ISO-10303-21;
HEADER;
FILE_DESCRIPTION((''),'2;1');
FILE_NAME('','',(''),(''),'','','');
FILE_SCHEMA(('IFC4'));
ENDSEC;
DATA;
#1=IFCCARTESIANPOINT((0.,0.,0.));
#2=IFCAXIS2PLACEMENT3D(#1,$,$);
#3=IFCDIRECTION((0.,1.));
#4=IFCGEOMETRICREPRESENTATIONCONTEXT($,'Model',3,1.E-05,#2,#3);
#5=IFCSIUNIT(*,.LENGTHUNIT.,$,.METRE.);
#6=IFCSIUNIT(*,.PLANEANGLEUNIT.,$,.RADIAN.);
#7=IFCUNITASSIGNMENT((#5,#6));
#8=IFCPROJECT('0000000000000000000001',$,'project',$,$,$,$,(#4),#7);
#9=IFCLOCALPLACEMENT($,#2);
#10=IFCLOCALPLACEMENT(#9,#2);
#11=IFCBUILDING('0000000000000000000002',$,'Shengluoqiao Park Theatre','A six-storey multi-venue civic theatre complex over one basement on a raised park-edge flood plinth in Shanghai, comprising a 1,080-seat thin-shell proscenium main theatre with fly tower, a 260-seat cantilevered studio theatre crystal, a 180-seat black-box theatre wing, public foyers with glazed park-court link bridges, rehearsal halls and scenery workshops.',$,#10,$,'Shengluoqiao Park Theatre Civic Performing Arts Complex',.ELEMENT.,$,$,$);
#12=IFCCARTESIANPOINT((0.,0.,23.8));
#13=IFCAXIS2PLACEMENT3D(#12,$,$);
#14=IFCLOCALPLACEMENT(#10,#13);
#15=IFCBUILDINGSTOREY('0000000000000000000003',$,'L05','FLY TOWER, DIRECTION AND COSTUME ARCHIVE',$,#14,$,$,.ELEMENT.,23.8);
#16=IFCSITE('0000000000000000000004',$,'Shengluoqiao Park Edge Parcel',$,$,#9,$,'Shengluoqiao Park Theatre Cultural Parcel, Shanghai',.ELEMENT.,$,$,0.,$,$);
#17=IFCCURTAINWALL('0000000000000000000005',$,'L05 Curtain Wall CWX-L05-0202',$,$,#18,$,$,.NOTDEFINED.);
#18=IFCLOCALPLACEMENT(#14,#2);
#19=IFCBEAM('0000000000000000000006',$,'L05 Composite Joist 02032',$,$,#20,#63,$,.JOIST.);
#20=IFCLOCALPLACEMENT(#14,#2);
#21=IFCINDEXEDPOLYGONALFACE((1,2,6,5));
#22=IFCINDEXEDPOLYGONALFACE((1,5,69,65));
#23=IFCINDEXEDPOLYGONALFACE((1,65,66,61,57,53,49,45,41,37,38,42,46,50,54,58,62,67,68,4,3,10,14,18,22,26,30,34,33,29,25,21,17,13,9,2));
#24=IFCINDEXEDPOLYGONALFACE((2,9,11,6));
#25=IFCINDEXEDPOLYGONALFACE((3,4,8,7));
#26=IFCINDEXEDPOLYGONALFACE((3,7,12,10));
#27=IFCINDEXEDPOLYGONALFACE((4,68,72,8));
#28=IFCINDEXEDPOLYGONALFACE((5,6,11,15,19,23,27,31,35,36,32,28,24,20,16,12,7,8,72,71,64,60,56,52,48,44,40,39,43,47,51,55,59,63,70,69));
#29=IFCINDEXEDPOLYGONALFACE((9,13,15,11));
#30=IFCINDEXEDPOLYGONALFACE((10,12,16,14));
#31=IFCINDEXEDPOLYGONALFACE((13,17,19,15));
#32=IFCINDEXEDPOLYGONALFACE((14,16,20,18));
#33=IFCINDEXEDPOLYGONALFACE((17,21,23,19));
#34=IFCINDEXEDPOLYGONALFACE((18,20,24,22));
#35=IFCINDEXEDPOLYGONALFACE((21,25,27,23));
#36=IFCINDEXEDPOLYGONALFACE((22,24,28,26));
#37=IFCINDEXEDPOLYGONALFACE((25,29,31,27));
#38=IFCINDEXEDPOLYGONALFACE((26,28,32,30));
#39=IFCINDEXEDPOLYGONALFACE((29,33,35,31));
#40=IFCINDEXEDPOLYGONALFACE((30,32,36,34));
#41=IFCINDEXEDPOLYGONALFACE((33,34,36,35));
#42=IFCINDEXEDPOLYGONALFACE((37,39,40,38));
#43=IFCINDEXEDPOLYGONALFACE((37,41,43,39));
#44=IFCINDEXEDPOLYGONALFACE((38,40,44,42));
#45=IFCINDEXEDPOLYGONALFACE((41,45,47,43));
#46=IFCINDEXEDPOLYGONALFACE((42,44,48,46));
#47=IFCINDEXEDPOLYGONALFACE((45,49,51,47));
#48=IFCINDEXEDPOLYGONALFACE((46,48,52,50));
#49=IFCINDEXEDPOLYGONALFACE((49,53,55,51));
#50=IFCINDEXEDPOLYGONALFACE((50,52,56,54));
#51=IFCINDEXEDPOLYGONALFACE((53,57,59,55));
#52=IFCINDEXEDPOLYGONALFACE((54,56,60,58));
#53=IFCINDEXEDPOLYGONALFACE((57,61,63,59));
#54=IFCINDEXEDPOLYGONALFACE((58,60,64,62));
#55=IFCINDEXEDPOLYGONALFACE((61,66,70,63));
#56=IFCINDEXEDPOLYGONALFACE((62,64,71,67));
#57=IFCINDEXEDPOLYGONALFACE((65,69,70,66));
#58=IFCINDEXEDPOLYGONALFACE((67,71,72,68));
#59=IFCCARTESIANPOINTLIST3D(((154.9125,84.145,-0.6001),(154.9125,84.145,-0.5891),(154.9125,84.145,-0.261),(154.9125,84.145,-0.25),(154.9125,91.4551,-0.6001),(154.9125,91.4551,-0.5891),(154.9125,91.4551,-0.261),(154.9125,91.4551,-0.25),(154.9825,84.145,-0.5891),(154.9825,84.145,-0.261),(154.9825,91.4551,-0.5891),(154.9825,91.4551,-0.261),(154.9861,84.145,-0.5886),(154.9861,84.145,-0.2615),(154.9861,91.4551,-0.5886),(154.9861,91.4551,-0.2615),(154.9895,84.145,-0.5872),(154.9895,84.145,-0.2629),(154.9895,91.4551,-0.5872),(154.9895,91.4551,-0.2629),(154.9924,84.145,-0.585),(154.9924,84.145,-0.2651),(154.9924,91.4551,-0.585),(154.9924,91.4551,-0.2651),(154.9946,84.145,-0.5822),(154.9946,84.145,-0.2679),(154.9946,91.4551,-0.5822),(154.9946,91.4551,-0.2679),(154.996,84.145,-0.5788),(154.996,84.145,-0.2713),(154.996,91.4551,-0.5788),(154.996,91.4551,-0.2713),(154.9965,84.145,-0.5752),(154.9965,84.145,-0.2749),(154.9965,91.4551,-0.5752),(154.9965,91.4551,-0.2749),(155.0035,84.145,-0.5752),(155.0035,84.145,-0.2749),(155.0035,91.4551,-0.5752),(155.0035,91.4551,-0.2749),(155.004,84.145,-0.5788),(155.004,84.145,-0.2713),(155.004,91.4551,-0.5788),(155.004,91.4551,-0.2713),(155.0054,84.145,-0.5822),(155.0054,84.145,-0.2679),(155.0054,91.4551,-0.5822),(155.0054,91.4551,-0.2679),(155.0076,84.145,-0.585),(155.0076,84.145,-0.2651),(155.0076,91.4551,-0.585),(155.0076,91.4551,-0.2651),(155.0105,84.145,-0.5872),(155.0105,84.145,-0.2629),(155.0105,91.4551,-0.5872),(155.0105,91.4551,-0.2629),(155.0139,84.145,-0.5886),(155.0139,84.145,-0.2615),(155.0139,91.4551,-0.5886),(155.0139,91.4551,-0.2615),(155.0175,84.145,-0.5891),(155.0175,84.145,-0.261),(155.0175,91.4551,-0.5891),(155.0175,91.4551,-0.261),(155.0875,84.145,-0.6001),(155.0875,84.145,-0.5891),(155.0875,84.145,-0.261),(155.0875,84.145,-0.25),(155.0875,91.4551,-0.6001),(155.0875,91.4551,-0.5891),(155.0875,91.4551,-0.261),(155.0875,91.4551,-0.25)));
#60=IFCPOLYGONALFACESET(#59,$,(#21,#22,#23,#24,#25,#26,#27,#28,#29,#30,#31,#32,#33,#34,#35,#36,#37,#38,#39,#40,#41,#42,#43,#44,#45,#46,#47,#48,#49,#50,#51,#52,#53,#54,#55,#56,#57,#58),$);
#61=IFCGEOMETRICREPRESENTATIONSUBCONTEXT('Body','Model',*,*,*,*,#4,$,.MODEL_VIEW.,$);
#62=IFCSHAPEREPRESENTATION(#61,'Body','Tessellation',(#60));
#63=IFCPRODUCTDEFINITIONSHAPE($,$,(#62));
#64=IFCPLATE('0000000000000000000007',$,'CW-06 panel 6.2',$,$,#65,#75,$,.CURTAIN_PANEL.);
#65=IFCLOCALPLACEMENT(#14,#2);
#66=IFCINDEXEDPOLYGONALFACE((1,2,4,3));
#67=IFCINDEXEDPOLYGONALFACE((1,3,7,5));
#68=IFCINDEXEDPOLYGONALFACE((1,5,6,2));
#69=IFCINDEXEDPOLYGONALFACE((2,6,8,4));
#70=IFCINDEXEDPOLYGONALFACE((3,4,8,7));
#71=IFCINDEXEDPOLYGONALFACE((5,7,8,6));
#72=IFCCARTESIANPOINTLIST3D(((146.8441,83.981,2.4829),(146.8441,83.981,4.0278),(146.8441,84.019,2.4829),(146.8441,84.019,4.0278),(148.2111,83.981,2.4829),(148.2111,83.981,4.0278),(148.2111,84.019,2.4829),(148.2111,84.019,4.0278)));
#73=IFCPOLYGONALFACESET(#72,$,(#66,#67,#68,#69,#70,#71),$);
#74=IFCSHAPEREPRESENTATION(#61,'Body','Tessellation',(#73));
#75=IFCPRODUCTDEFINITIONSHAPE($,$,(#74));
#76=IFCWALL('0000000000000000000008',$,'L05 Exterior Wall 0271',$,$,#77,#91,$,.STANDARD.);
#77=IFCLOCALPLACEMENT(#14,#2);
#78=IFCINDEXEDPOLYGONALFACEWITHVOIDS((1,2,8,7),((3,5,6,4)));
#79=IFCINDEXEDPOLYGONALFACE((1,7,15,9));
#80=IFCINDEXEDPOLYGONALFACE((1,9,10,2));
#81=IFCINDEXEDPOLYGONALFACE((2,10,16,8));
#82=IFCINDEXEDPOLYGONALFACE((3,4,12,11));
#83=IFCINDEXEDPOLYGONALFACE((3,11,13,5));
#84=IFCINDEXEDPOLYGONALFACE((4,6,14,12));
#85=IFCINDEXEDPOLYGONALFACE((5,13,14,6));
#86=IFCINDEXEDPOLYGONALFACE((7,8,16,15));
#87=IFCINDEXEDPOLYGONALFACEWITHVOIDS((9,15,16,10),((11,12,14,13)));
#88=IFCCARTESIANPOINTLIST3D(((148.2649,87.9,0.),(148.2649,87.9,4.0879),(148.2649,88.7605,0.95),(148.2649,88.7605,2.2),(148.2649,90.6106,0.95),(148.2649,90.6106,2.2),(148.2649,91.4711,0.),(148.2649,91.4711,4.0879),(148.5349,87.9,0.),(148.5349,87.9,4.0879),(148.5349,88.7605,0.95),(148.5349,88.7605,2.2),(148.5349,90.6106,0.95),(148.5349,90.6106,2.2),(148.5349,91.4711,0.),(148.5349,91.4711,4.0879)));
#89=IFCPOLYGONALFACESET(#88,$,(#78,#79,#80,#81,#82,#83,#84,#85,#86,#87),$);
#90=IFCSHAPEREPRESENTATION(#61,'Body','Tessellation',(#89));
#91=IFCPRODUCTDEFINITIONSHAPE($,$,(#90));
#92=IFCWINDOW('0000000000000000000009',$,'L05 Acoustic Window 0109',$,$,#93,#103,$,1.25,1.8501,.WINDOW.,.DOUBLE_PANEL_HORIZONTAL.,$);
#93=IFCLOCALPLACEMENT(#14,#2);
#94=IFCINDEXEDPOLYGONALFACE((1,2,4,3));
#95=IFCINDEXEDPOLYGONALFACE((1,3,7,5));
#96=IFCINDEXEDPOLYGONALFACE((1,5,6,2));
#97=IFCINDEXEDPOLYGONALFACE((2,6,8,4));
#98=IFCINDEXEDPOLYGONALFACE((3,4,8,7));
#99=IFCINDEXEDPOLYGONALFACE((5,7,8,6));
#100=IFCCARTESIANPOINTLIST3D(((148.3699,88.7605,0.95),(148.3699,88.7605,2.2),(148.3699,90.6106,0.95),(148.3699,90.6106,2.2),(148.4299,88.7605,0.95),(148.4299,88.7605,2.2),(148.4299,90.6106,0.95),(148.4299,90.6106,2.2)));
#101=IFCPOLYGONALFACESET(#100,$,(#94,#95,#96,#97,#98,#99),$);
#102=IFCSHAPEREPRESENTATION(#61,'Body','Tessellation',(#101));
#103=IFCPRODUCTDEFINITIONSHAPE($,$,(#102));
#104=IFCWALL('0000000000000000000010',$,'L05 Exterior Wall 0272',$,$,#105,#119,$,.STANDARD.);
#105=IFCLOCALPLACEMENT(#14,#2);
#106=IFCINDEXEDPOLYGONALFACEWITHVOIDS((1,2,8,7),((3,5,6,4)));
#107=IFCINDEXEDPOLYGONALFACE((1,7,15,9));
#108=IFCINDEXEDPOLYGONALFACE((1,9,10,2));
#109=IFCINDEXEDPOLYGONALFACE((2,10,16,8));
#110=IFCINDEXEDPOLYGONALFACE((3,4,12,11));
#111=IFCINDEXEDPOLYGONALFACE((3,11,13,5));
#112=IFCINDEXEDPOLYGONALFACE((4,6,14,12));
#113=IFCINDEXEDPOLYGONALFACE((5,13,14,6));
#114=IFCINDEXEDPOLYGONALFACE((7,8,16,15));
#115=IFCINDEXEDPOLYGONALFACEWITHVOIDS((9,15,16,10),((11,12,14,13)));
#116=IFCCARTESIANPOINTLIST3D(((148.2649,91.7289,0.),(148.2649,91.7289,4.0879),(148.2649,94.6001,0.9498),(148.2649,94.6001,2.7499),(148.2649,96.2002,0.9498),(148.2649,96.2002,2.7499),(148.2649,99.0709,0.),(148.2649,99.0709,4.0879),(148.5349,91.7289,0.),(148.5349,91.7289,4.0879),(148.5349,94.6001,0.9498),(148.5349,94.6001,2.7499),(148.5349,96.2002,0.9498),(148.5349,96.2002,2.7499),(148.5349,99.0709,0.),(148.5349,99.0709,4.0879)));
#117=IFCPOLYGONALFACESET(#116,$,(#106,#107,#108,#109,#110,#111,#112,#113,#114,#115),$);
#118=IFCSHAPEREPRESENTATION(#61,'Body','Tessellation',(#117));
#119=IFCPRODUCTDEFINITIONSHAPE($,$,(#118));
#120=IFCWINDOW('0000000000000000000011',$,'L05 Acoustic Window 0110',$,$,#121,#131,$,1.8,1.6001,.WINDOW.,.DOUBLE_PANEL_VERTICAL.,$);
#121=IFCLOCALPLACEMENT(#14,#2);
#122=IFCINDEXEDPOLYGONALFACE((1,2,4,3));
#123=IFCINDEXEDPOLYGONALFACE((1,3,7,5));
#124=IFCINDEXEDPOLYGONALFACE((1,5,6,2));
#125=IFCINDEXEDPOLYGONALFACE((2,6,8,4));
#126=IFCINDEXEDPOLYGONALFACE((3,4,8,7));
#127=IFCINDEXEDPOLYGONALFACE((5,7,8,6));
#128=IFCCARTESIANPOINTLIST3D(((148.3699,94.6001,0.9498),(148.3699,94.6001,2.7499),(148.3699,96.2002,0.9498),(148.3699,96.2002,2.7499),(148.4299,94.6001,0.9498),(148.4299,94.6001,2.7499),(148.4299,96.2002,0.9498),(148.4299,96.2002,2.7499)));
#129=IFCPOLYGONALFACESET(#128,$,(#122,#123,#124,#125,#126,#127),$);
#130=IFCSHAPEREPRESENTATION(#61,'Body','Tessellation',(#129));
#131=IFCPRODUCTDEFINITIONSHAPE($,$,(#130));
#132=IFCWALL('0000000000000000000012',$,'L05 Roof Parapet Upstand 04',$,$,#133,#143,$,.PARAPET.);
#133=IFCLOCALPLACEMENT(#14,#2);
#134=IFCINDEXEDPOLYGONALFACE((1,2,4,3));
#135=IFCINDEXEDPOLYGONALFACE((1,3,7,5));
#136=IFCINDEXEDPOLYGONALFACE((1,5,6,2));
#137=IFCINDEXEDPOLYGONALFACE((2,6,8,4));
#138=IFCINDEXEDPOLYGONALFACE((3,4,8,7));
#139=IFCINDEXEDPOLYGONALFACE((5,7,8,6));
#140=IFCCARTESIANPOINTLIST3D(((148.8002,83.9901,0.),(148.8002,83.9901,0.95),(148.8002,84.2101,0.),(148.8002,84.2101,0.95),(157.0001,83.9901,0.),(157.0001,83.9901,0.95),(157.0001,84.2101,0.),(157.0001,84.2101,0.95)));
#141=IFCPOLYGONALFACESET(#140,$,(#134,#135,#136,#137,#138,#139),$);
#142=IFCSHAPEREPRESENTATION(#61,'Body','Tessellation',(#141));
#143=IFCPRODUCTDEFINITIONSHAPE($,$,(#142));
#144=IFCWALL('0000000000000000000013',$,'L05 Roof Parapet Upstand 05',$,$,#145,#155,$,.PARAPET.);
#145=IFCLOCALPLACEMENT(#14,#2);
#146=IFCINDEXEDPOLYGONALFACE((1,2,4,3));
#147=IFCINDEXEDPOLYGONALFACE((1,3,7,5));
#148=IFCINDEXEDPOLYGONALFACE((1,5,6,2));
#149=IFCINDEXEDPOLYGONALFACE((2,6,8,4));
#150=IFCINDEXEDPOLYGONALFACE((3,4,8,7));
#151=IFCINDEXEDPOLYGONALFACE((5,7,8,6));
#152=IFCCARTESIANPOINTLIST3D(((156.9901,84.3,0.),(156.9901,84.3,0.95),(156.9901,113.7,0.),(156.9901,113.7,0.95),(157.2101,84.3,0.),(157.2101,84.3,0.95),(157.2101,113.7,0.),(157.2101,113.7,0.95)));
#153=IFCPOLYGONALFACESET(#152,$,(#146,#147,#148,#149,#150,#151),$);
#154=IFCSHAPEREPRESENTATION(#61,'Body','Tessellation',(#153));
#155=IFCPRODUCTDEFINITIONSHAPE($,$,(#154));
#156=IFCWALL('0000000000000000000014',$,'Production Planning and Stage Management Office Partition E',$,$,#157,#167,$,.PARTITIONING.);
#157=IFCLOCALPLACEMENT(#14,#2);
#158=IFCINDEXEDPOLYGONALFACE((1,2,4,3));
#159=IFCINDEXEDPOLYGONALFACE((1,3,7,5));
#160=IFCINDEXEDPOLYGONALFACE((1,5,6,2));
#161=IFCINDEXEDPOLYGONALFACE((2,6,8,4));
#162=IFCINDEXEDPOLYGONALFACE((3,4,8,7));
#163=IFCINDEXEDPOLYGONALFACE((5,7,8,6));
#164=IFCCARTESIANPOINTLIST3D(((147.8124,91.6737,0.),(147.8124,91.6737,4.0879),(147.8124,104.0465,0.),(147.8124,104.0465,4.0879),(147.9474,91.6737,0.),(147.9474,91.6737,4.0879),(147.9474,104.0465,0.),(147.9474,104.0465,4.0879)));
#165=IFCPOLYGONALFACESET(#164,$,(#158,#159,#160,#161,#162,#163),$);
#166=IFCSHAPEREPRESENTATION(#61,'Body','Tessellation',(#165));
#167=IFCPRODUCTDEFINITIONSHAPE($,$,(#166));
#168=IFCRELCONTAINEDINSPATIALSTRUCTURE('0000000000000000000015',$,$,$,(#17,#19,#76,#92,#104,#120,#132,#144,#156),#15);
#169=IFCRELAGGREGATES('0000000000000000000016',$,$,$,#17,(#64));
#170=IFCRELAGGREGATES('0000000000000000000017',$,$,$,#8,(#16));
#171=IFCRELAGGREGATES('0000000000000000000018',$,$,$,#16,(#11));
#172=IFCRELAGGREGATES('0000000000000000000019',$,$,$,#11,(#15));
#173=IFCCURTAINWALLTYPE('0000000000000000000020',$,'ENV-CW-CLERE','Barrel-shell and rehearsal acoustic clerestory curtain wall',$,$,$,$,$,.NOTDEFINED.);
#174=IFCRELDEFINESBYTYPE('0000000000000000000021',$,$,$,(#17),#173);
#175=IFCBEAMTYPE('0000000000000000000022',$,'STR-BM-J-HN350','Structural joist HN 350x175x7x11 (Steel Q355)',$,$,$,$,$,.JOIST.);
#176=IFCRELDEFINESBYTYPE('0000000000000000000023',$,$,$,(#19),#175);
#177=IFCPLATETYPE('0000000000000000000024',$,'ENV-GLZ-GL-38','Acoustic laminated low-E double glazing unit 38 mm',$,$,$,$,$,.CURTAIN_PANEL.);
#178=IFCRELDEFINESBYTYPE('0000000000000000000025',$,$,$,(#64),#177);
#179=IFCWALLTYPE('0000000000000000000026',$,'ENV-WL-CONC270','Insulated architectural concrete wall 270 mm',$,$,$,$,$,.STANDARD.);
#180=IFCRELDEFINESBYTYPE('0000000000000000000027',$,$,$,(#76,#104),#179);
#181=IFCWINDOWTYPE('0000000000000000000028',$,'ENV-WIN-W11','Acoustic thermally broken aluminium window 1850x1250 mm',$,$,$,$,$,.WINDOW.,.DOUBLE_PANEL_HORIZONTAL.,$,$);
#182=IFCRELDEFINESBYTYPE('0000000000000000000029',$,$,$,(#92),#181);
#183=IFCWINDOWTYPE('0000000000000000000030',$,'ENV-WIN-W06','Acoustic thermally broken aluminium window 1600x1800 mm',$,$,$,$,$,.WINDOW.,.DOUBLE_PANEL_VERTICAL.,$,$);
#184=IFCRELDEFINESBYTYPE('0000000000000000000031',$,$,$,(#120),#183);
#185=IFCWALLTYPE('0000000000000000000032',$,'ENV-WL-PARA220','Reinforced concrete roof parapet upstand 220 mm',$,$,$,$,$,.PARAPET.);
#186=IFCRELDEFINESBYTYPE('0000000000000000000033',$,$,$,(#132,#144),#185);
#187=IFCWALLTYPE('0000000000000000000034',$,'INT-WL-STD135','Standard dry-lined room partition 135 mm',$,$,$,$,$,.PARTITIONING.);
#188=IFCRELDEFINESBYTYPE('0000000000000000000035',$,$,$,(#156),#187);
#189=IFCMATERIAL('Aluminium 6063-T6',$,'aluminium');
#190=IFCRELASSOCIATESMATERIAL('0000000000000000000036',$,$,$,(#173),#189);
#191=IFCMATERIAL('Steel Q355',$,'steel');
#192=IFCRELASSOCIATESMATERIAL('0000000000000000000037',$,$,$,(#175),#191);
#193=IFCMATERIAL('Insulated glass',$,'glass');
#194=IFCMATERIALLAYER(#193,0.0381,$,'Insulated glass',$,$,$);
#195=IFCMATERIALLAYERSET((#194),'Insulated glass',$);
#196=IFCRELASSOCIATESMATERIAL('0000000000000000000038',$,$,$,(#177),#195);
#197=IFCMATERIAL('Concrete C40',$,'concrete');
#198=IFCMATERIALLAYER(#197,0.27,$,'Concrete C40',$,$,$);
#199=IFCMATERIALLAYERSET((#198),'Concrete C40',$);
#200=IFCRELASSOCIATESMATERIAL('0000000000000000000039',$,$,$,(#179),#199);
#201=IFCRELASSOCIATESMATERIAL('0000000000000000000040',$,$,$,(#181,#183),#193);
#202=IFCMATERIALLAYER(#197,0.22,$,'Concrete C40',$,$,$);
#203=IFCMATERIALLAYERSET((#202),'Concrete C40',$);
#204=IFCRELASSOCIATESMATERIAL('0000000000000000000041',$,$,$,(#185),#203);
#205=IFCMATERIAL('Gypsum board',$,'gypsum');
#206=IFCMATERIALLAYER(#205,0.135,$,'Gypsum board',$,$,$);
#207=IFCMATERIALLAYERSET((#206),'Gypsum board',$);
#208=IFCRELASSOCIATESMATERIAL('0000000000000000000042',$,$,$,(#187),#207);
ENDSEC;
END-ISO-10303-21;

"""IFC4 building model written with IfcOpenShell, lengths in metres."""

from ifc_helpers import new_model, si_unit, direction, frame, frame_2d, origin, origin_2d, place, context, subcontext, project, spatial, rectangle, i_section, extrude, material, layer, layer_set, material_profile, profile_set, type_object, element, fill, aggregate, save


model = new_model("IFC4")

# Units and contexts
model_context = context("Model", 3, precision=1e-05, world=origin(), true_north=direction((0.0, 1.0)))
body_context = subcontext(model_context, "Body", "Model", "MODEL_VIEW")
ifc_project = project(units=[si_unit("LENGTHUNIT", "METRE"), si_unit("PLANEANGLEUNIT", "RADIAN")], contexts=[model_context])

# Site, building, storey
site_placement = place(None, origin())
site = spatial("IfcSite", under=ifc_project, at=site_placement, Name="Shengluoqiao Park Edge Parcel", LongName="Shengluoqiao Park Theatre Cultural Parcel, Shanghai", CompositionType="ELEMENT", RefElevation=0.0)
building_placement = place(site_placement, origin())
building = spatial("IfcBuilding", under=site, at=building_placement, Name="Shengluoqiao Park Theatre", Description="A six-storey multi-venue civic theatre complex over one basement on a raised park-edge flood plinth in Shanghai, comprising a 1,080-seat thin-shell proscenium main theatre with fly tower, a 260-seat cantilevered studio theatre crystal, a 180-seat black-box theatre wing, public foyers with glazed park-court link bridges, rehearsal halls and scenery workshops.", LongName="Shengluoqiao Park Theatre Civic Performing Arts Complex", CompositionType="ELEMENT")
storey_placement = place(building_placement, frame((0.0, 0.0, 23.8)))
storey = spatial("IfcBuildingStorey", under=building, at=storey_placement, Name="L05", Description="FLY TOWER, DIRECTION AND COSTUME ARCHIVE", CompositionType="ELEMENT", Elevation=23.8)

# Shared definitions
ifc_material_1 = material(Name="Steel Q355", Category="steel")

# Curtain wall
ifc_material_2 = material(Name="Aluminium 6063-T6", Category="aluminium")
curtain_wall_type = type_object("IfcCurtainWallType", Name="ENV-CW-CLERE", Description="Barrel-shell and rehearsal acoustic clerestory curtain wall", PredefinedType="NOTDEFINED", material=ifc_material_2)
curtain_wall_placement = place(storey_placement, origin())
curtain_wall = element("IfcCurtainWall", 1, at=curtain_wall_placement, inside=storey, type_object=curtain_wall_type, Name="L05 Curtain Wall CWX-L05-0202", PredefinedType="NOTDEFINED")

# Beam
ifc_material_profile_1 = material_profile(ifc_material_1, i_section(OverallWidth=0.175, OverallDepth=0.3501, WebThickness=0.0071, FlangeThickness=0.011, FilletRadius=0.0139, at=origin_2d()), Name="HN 350x175x7x11")
ifc_profile_set_1 = profile_set([ifc_material_profile_1], Name="Steel Q355")
beam_type_1 = type_object("IfcBeamType", Name="STR-BM-J-HN350", Description="Structural joist HN 350x175x7x11 (Steel Q355)", PredefinedType="JOIST", material=ifc_profile_set_1)
for number, where, z_axis, x_axis, name in (
    (2, (155.0, 84.145, -0.425), (0.0, 1.0, 0.0), (-1.0, 0.0, 0.0), "L05 Composite Joist 02032"),
):
    element("IfcBeam", number, at=place(storey_placement, frame(where, z_axis=z_axis, x_axis=x_axis)), inside=storey, type_object=beam_type_1, Name=name, PredefinedType="JOIST", context=body_context, shape_type="SweptSolid", body=[
        extrude(i_section(OverallWidth=0.175, OverallDepth=0.3501, WebThickness=0.0071, FlangeThickness=0.011, FilletRadius=0.0139, at=origin_2d()), origin(), (0.0, 0.0, 1.0), 7.3101),
    ])

# Plate
ifc_material_3 = material(Name="Insulated glass", Category="glass")
ifc_layer_1 = layer(ifc_material_3, 0.0381, Name="Insulated glass")
ifc_layer_set_1 = layer_set([ifc_layer_1], Name="Insulated glass")
plate_type = type_object("IfcPlateType", Name="ENV-GLZ-GL-38", Description="Acoustic laminated low-E double glazing unit 38 mm", PredefinedType="CURTAIN_PANEL", material=ifc_layer_set_1)
plate_placement = place(storey_placement, frame((147.5276, 84.0, 2.4829), z_axis=(0.0, 0.0, 1.0), x_axis=(1.0, 0.0, 0.0)))
plate = element("IfcPlate", 3, at=plate_placement, type_object=plate_type, Name="CW-06 panel 6.2", PredefinedType="CURTAIN_PANEL", context=body_context, shape_type="SweptSolid", body=[
    extrude(rectangle(XDim=1.3669, YDim=0.0381, at=origin_2d()), origin(), (0.0, 0.0, 1.0), 1.5449),
])
aggregate(curtain_wall, [plate])

# Walls, openings, windows
ifc_material_4 = material(Name="Concrete C40", Category="concrete")
ifc_layer_2 = layer(ifc_material_4, 0.27, Name="Concrete C40")
ifc_layer_set_2 = layer_set([ifc_layer_2], Name="Concrete C40")
wall_type_1 = type_object("IfcWallType", Name="ENV-WL-CONC270", Description="Insulated architectural concrete wall 270 mm", PredefinedType="STANDARD", material=ifc_layer_set_2)
wall_1_placement = place(storey_placement, frame((148.3999, 87.8999, 0.0), z_axis=(0.0, 0.0, 1.0), x_axis=(0.0, 1.0, 0.0)))
wall_1 = element("IfcWall", 4, at=wall_1_placement, inside=storey, type_object=wall_type_1, Name="L05 Exterior Wall 0271", PredefinedType="STANDARD", context=body_context, shape_type="SweptSolid", body=[
    extrude(rectangle(XDim=3.571, YDim=0.27, at=frame_2d((1.7856, 0.0))), origin(), (0.0, 0.0, 1.0), 4.0879),
])
opening_1_placement = place(wall_1_placement, frame((0.8606, 0.0, 0.95)))
opening_1 = element("IfcOpeningElement", 5, at=opening_1_placement, cuts=wall_1, PredefinedType="OPENING", context=body_context, shape_type="SweptSolid", body=[
    extrude(rectangle(XDim=1.8501, YDim=1.25, at=frame_2d((0.925, 0.625))), frame((0.0, 0.145, 0.0), z_axis=(0.0, -1.0, 0.0), x_axis=(1.0, 0.0, 0.0)), (0.0, 0.0, 1.0), 0.29),
])
window_type_1 = type_object("IfcWindowType", Name="ENV-WIN-W11", Description="Acoustic thermally broken aluminium window 1850x1250 mm", PartitioningType="DOUBLE_PANEL_HORIZONTAL", PredefinedType="WINDOW", material=ifc_material_3)
window_1_placement = place(opening_1_placement, origin())
window_1 = element("IfcWindow", 6, at=window_1_placement, inside=storey, type_object=window_type_1, Name="L05 Acoustic Window 0109", OverallHeight=1.25, OverallWidth=1.8501, PartitioningType="DOUBLE_PANEL_HORIZONTAL", PredefinedType="WINDOW", context=body_context, shape_type="SweptSolid", body=[
    extrude(rectangle(XDim=1.8501, YDim=1.25, at=frame_2d((0.925, 0.625))), frame((0.0, 0.03, 0.0), z_axis=(0.0, -1.0, 0.0), x_axis=(1.0, 0.0, 0.0)), (0.0, 0.0, 1.0), 0.0601),
])
fill(opening_1, window_1)
wall_2_placement = place(storey_placement, frame((148.3999, 91.729, 0.0), z_axis=(0.0, 0.0, 1.0), x_axis=(0.0, 1.0, 0.0)))
wall_2 = element("IfcWall", 7, at=wall_2_placement, inside=storey, type_object=wall_type_1, Name="L05 Exterior Wall 0272", PredefinedType="STANDARD", context=body_context, shape_type="SweptSolid", body=[
    extrude(rectangle(XDim=7.342, YDim=0.27, at=frame_2d((3.6709, 0.0))), origin(), (0.0, 0.0, 1.0), 4.0879),
])
opening_2_placement = place(wall_2_placement, frame((2.8711, 0.0, 0.95)))
opening_2 = element("IfcOpeningElement", 8, at=opening_2_placement, cuts=wall_2, PredefinedType="OPENING", context=body_context, shape_type="SweptSolid", body=[
    extrude(rectangle(XDim=1.6001, YDim=1.8, at=frame_2d((0.8, 0.8999))), frame((0.0, 0.145, 0.0), z_axis=(0.0, -1.0, 0.0), x_axis=(1.0, 0.0, 0.0)), (0.0, 0.0, 1.0), 0.29),
])
window_type_2 = type_object("IfcWindowType", Name="ENV-WIN-W06", Description="Acoustic thermally broken aluminium window 1600x1800 mm", PartitioningType="DOUBLE_PANEL_VERTICAL", PredefinedType="WINDOW", material=ifc_material_3)
window_2_placement = place(opening_2_placement, origin())
window_2 = element("IfcWindow", 9, at=window_2_placement, inside=storey, type_object=window_type_2, Name="L05 Acoustic Window 0110", OverallHeight=1.8, OverallWidth=1.6001, PartitioningType="DOUBLE_PANEL_VERTICAL", PredefinedType="WINDOW", context=body_context, shape_type="SweptSolid", body=[
    extrude(rectangle(XDim=1.6001, YDim=1.8, at=frame_2d((0.8, 0.8999))), frame((0.0, 0.03, 0.0), z_axis=(0.0, -1.0, 0.0), x_axis=(1.0, 0.0, 0.0)), (0.0, 0.0, 1.0), 0.0601),
])
fill(opening_2, window_2)

# Walls
ifc_layer_3 = layer(ifc_material_4, 0.22, Name="Concrete C40")
ifc_layer_set_3 = layer_set([ifc_layer_3], Name="Concrete C40")
wall_type_2 = type_object("IfcWallType", Name="ENV-WL-PARA220", Description="Reinforced concrete roof parapet upstand 220 mm", PredefinedType="PARAPET", material=ifc_layer_set_3)
wall_3_placement = place(storey_placement, frame((148.8, 84.1001, 0.0), z_axis=(0.0, 0.0, 1.0), x_axis=(1.0, 0.0, 0.0)))
element("IfcWall", 10, at=wall_3_placement, inside=storey, type_object=wall_type_2, Name="L05 Roof Parapet Upstand 04", PredefinedType="PARAPET", context=body_context, shape_type="SweptSolid", body=[
    extrude(rectangle(XDim=8.2, YDim=0.22, at=frame_2d((4.1001, 0.0))), origin(), (0.0, 0.0, 1.0), 0.95),
])
wall_4_placement = place(storey_placement, frame((157.1001, 84.3, 0.0), z_axis=(0.0, 0.0, 1.0), x_axis=(0.0, 1.0, 0.0)))
element("IfcWall", 11, at=wall_4_placement, inside=storey, type_object=wall_type_2, Name="L05 Roof Parapet Upstand 05", PredefinedType="PARAPET", context=body_context, shape_type="SweptSolid", body=[
    extrude(rectangle(XDim=29.3999, YDim=0.22, at=frame_2d((14.7, 0.0))), origin(), (0.0, 0.0, 1.0), 0.95),
])
ifc_material_5 = material(Name="Gypsum board", Category="gypsum")
ifc_layer_4 = layer(ifc_material_5, 0.135, Name="Gypsum board")
ifc_layer_set_4 = layer_set([ifc_layer_4], Name="Gypsum board")
wall_type_3 = type_object("IfcWallType", Name="INT-WL-STD135", Description="Standard dry-lined room partition 135 mm", PredefinedType="PARTITIONING", material=ifc_layer_set_4)
wall_5_placement = place(storey_placement, frame((147.8799, 91.6736, 0.0), z_axis=(0.0, 0.0, 1.0), x_axis=(0.0, 1.0, 0.0)))
element("IfcWall", 12, at=wall_5_placement, inside=storey, type_object=wall_type_3, Name="Production Planning and Stage Management Office Partition E", PredefinedType="PARTITIONING", context=body_context, shape_type="SweptSolid", body=[
    extrude(rectangle(XDim=12.3728, YDim=0.135, at=frame_2d((6.1865, 0.0))), origin(), (0.0, 0.0, 1.0), 4.0879),
])

save(model, "model.ifc")
